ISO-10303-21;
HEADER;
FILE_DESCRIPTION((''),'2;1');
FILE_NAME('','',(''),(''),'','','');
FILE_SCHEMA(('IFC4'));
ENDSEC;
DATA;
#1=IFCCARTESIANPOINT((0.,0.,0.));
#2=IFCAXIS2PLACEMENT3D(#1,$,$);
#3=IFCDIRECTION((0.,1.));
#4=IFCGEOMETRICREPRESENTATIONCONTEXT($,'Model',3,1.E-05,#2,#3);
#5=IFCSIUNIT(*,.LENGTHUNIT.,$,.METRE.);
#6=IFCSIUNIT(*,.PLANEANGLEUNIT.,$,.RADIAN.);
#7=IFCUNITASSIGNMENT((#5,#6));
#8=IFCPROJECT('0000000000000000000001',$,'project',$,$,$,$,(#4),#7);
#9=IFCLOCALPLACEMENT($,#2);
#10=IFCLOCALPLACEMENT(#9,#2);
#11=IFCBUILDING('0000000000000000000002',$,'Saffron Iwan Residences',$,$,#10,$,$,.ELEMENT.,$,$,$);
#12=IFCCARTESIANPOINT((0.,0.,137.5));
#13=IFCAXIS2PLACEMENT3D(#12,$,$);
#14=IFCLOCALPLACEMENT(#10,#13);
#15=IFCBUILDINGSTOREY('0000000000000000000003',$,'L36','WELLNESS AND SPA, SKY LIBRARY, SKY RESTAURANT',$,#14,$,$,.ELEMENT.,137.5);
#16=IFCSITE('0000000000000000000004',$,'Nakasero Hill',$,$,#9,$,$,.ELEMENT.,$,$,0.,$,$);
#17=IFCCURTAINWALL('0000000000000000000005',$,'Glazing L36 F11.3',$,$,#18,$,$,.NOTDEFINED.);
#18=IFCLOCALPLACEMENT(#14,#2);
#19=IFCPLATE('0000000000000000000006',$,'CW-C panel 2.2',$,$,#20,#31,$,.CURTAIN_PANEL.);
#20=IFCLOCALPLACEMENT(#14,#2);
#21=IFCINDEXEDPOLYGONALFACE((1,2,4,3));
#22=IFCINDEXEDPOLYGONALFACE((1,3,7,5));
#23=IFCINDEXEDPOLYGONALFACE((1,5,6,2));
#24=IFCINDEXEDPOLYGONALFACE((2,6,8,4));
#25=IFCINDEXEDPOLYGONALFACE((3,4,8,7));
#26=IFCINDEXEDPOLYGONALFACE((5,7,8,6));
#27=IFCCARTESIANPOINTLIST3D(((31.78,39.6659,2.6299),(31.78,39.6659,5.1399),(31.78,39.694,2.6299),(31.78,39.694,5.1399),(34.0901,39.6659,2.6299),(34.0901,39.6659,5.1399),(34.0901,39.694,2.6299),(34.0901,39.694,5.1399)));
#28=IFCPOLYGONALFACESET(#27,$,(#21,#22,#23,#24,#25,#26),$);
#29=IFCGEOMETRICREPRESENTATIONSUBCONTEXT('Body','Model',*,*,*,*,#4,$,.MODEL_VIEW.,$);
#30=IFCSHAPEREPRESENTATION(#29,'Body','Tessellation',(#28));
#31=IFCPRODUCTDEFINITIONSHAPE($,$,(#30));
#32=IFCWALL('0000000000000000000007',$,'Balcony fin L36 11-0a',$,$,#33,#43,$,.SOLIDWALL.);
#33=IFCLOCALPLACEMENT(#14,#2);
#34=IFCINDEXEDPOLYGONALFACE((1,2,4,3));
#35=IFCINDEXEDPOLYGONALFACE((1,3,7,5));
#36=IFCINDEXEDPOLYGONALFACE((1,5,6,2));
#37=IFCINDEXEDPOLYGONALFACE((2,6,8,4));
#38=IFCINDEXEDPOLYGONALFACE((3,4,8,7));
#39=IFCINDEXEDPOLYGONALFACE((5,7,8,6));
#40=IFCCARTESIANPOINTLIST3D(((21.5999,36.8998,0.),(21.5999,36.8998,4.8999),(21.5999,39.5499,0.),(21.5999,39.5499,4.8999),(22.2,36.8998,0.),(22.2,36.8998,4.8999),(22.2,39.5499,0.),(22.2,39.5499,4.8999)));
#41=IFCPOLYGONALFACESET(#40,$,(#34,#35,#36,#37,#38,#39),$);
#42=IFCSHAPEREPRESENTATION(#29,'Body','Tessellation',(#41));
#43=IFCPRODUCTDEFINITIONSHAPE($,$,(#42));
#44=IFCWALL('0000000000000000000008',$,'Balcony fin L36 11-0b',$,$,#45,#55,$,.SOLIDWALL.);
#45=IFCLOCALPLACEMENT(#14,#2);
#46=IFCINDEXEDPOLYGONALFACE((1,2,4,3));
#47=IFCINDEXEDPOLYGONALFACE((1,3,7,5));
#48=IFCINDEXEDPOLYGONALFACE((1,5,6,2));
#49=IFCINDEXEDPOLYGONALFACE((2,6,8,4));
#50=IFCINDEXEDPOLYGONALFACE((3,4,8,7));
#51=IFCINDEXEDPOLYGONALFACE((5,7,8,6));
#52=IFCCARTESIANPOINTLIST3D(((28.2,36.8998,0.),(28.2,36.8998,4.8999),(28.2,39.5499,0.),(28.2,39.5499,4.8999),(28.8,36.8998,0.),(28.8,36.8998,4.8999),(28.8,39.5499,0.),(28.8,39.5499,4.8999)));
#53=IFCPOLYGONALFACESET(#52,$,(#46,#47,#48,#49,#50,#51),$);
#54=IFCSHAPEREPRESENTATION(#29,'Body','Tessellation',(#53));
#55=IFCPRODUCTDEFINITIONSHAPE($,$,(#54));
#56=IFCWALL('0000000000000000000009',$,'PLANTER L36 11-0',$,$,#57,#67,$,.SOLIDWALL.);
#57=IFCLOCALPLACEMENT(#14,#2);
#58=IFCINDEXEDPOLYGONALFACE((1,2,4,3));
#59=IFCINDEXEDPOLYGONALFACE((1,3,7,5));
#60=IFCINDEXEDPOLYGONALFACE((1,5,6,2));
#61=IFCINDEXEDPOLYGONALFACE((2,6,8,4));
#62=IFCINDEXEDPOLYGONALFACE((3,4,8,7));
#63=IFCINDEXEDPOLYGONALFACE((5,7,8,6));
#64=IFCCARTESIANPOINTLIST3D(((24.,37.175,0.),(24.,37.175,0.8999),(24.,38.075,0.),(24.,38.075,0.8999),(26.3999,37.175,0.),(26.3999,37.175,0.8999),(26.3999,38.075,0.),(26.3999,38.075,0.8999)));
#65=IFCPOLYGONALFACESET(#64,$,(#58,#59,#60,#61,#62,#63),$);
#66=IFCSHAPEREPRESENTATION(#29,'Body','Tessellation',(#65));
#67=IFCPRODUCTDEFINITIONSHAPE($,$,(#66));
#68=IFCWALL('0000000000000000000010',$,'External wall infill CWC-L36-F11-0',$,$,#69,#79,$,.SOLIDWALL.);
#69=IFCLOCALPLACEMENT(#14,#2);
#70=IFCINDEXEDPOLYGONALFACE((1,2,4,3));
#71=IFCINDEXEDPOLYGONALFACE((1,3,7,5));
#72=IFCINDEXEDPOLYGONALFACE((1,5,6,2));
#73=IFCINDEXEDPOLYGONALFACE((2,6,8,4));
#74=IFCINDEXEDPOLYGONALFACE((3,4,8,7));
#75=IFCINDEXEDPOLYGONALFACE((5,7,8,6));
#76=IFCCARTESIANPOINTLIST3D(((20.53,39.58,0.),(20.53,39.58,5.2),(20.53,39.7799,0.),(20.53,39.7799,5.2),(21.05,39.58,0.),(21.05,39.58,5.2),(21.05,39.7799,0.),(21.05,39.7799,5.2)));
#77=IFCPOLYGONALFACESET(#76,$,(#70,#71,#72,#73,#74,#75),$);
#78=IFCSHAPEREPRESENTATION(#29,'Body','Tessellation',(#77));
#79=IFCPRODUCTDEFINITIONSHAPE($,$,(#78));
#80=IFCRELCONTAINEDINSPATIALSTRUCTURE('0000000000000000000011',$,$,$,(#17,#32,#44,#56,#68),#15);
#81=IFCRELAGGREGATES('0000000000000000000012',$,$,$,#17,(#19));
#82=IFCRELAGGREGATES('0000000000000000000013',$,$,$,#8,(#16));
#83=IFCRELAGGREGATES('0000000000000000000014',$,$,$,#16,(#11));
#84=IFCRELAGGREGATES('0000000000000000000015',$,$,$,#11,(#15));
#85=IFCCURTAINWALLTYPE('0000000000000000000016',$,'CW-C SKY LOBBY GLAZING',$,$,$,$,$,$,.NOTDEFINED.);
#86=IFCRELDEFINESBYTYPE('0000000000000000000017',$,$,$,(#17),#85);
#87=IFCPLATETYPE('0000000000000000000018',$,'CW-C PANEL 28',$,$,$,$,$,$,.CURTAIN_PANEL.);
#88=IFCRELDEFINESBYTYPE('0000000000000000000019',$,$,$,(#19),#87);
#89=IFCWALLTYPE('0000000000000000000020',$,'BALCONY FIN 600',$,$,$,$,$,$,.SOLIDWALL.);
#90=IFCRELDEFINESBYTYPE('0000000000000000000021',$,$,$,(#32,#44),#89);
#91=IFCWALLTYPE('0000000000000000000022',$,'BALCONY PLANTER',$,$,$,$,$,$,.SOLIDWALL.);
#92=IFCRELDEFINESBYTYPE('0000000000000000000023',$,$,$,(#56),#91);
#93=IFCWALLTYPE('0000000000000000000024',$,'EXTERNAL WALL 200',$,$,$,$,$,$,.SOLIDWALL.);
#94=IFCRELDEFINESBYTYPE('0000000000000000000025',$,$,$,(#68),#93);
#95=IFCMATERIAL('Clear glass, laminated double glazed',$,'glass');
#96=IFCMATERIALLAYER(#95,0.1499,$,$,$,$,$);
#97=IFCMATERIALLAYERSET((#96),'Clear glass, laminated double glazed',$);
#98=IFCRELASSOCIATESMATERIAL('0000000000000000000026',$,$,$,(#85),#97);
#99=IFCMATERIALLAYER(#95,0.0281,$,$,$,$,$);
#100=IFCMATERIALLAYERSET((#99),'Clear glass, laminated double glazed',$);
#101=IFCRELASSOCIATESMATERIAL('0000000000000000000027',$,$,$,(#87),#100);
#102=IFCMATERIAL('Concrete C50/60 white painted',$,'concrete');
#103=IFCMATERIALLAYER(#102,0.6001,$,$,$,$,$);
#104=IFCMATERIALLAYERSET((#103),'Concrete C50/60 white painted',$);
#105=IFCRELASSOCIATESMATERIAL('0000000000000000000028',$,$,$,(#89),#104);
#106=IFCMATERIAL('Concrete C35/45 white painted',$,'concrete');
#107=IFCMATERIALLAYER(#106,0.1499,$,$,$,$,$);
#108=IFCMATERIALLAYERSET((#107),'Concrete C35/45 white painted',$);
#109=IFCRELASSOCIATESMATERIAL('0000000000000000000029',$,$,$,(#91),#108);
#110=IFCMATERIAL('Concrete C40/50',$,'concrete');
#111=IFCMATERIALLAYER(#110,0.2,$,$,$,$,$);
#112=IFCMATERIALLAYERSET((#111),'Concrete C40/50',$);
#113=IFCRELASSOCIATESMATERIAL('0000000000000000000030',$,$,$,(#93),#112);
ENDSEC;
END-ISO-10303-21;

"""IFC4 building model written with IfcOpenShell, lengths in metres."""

from ifc_helpers import new_model, si_unit, direction, frame, frame_2d, origin, origin_2d, place, context, subcontext, project, spatial, rectangle, extrude, source, transform, mapped, material, layer, layer_set, type_object, element, aggregate, save


model = new_model("IFC4")

# Units and contexts
model_context = context("Model", 3, precision=1e-05, world=origin(), true_north=direction((0.0, 1.0)))
body_context = subcontext(model_context, "Body", "Model", "MODEL_VIEW")
ifc_project = project(units=[si_unit("LENGTHUNIT", "METRE"), si_unit("PLANEANGLEUNIT", "RADIAN")], contexts=[model_context])

# Site, building, storey
site_placement = place(None, origin())
site = spatial("IfcSite", under=ifc_project, at=site_placement, Name="Nakasero Hill", CompositionType="ELEMENT", RefElevation=0.0)
building_placement = place(site_placement, origin())
building = spatial("IfcBuilding", under=site, at=building_placement, Name="Saffron Iwan Residences", CompositionType="ELEMENT")
storey_placement = place(building_placement, frame((0.0, 0.0, 137.5)))
storey = spatial("IfcBuildingStorey", under=building, at=storey_placement, Name="L36", Description="WELLNESS AND SPA, SKY LIBRARY, SKY RESTAURANT", CompositionType="ELEMENT", Elevation=137.5)

# Shared definitions
ifc_material_1 = material(Name="Concrete C50/60 white painted", Category="concrete")

# Shared definitions
ifc_material_2 = material(Name="Clear glass, laminated double glazed", Category="glass")
ifc_layer_1 = layer(ifc_material_2, 0.1499)
ifc_layer_set_1 = layer_set([ifc_layer_1], Name="Clear glass, laminated double glazed")
curtain_wall_type = type_object("IfcCurtainWallType", Name="CW-C SKY LOBBY GLAZING", PredefinedType="NOTDEFINED", material=ifc_layer_set_1)

# Curtain wall, plate
curtain_wall_1_placement = place(storey_placement, origin())
curtain_wall_1 = element("IfcCurtainWall", 1, at=curtain_wall_1_placement, inside=storey, type_object=curtain_wall_type, Name="Glazing L36 F11.3", PredefinedType="NOTDEFINED")
ifc_layer_2 = layer(ifc_material_2, 0.0281)
ifc_layer_set_2 = layer_set([ifc_layer_2], Name="Clear glass, laminated double glazed")
plate_type = type_object("IfcPlateType", Name="CW-C PANEL 28", PredefinedType="CURTAIN_PANEL", material=ifc_layer_set_2)
shared_shape_1 = source(origin(), body_context, "Body", "SweptSolid", [
    extrude(rectangle(XDim=2.3101, YDim=0.0281, at=origin_2d()), origin(), (0.0, 0.0, 1.0), 2.51),
])
plate_1_placement = place(storey_placement, frame((32.9351, 39.6799, 2.6299), z_axis=(0.0, 0.0, 1.0), x_axis=(1.0, 0.0, 0.0)))
plate_1 = element("IfcPlate", 2, at=plate_1_placement, type_object=plate_type, Name="CW-C panel 2.2", PredefinedType="CURTAIN_PANEL", context=body_context, shape_type="MappedRepresentation", body=[
    mapped(shared_shape_1, transform((0.0, 0.0, 0.0))),
])
aggregate(curtain_wall_1, [plate_1])

# Walls
ifc_layer_3 = layer(ifc_material_1, 0.6001)
ifc_layer_set_3 = layer_set([ifc_layer_3], Name="Concrete C50/60 white painted")
wall_type_1 = type_object("IfcWallType", Name="BALCONY FIN 600", PredefinedType="SOLIDWALL", material=ifc_layer_set_3)
for number, where, z_axis, x_axis, name in (
    (3, (21.8999, 39.55, 0.0), (0.0, 0.0, 1.0), (0.0, -1.0, 0.0), "Balcony fin L36 11-0a"),
    (4, (28.5, 39.55, 0.0), (0.0, 0.0, 1.0), (0.0, -1.0, 0.0), "Balcony fin L36 11-0b"),
):
    element("IfcWall", number, at=place(storey_placement, frame(where, z_axis=z_axis, x_axis=x_axis)), inside=storey, type_object=wall_type_1, Name=name, PredefinedType="SOLIDWALL", context=body_context, shape_type="SweptSolid", body=[
        extrude(rectangle(XDim=2.6501, YDim=0.6001, at=frame_2d((1.3252, 0.0))), origin(), (0.0, 0.0, 1.0), 4.8999),
    ])
ifc_material_3 = material(Name="Concrete C35/45 white painted", Category="concrete")
ifc_layer_4 = layer(ifc_material_3, 0.1499)
ifc_layer_set_4 = layer_set([ifc_layer_4], Name="Concrete C35/45 white painted")
wall_type_2 = type_object("IfcWallType", Name="BALCONY PLANTER", PredefinedType="SOLIDWALL", material=ifc_layer_set_4)
wall_1_placement = place(storey_placement, frame((24.0, 37.625, 0.0), z_axis=(0.0, 0.0, 1.0), x_axis=(1.0, 0.0, 0.0)))
element("IfcWall", 5, at=wall_1_placement, inside=storey, type_object=wall_type_2, Name="PLANTER L36 11-0", PredefinedType="SOLIDWALL", context=body_context, shape_type="SweptSolid", body=[
    extrude(rectangle(XDim=2.3999, YDim=0.8999, at=frame_2d((1.2, 0.0))), origin(), (0.0, 0.0, 1.0), 0.8999),
])

# Shared definitions
ifc_material_4 = material(Name="Concrete C40/50", Category="concrete")
ifc_layer_5 = layer(ifc_material_4, 0.2)
ifc_layer_set_5 = layer_set([ifc_layer_5], Name="Concrete C40/50")
wall_type_3 = type_object("IfcWallType", Name="EXTERNAL WALL 200", PredefinedType="SOLIDWALL", material=ifc_layer_set_5)

# Wall
wall_2_placement = place(storey_placement, frame((20.53, 39.6799, 0.0), z_axis=(0.0, 0.0, 1.0), x_axis=(1.0, 0.0, 0.0)))
element("IfcWall", 6, at=wall_2_placement, inside=storey, type_object=wall_type_3, Name="External wall infill CWC-L36-F11-0", PredefinedType="SOLIDWALL", context=body_context, shape_type="SweptSolid", body=[
    extrude(rectangle(XDim=0.52, YDim=0.2, at=frame_2d((0.26, 0.0))), origin(), (0.0, 0.0, 1.0), 5.2),
])

save(model, "model.ifc")
